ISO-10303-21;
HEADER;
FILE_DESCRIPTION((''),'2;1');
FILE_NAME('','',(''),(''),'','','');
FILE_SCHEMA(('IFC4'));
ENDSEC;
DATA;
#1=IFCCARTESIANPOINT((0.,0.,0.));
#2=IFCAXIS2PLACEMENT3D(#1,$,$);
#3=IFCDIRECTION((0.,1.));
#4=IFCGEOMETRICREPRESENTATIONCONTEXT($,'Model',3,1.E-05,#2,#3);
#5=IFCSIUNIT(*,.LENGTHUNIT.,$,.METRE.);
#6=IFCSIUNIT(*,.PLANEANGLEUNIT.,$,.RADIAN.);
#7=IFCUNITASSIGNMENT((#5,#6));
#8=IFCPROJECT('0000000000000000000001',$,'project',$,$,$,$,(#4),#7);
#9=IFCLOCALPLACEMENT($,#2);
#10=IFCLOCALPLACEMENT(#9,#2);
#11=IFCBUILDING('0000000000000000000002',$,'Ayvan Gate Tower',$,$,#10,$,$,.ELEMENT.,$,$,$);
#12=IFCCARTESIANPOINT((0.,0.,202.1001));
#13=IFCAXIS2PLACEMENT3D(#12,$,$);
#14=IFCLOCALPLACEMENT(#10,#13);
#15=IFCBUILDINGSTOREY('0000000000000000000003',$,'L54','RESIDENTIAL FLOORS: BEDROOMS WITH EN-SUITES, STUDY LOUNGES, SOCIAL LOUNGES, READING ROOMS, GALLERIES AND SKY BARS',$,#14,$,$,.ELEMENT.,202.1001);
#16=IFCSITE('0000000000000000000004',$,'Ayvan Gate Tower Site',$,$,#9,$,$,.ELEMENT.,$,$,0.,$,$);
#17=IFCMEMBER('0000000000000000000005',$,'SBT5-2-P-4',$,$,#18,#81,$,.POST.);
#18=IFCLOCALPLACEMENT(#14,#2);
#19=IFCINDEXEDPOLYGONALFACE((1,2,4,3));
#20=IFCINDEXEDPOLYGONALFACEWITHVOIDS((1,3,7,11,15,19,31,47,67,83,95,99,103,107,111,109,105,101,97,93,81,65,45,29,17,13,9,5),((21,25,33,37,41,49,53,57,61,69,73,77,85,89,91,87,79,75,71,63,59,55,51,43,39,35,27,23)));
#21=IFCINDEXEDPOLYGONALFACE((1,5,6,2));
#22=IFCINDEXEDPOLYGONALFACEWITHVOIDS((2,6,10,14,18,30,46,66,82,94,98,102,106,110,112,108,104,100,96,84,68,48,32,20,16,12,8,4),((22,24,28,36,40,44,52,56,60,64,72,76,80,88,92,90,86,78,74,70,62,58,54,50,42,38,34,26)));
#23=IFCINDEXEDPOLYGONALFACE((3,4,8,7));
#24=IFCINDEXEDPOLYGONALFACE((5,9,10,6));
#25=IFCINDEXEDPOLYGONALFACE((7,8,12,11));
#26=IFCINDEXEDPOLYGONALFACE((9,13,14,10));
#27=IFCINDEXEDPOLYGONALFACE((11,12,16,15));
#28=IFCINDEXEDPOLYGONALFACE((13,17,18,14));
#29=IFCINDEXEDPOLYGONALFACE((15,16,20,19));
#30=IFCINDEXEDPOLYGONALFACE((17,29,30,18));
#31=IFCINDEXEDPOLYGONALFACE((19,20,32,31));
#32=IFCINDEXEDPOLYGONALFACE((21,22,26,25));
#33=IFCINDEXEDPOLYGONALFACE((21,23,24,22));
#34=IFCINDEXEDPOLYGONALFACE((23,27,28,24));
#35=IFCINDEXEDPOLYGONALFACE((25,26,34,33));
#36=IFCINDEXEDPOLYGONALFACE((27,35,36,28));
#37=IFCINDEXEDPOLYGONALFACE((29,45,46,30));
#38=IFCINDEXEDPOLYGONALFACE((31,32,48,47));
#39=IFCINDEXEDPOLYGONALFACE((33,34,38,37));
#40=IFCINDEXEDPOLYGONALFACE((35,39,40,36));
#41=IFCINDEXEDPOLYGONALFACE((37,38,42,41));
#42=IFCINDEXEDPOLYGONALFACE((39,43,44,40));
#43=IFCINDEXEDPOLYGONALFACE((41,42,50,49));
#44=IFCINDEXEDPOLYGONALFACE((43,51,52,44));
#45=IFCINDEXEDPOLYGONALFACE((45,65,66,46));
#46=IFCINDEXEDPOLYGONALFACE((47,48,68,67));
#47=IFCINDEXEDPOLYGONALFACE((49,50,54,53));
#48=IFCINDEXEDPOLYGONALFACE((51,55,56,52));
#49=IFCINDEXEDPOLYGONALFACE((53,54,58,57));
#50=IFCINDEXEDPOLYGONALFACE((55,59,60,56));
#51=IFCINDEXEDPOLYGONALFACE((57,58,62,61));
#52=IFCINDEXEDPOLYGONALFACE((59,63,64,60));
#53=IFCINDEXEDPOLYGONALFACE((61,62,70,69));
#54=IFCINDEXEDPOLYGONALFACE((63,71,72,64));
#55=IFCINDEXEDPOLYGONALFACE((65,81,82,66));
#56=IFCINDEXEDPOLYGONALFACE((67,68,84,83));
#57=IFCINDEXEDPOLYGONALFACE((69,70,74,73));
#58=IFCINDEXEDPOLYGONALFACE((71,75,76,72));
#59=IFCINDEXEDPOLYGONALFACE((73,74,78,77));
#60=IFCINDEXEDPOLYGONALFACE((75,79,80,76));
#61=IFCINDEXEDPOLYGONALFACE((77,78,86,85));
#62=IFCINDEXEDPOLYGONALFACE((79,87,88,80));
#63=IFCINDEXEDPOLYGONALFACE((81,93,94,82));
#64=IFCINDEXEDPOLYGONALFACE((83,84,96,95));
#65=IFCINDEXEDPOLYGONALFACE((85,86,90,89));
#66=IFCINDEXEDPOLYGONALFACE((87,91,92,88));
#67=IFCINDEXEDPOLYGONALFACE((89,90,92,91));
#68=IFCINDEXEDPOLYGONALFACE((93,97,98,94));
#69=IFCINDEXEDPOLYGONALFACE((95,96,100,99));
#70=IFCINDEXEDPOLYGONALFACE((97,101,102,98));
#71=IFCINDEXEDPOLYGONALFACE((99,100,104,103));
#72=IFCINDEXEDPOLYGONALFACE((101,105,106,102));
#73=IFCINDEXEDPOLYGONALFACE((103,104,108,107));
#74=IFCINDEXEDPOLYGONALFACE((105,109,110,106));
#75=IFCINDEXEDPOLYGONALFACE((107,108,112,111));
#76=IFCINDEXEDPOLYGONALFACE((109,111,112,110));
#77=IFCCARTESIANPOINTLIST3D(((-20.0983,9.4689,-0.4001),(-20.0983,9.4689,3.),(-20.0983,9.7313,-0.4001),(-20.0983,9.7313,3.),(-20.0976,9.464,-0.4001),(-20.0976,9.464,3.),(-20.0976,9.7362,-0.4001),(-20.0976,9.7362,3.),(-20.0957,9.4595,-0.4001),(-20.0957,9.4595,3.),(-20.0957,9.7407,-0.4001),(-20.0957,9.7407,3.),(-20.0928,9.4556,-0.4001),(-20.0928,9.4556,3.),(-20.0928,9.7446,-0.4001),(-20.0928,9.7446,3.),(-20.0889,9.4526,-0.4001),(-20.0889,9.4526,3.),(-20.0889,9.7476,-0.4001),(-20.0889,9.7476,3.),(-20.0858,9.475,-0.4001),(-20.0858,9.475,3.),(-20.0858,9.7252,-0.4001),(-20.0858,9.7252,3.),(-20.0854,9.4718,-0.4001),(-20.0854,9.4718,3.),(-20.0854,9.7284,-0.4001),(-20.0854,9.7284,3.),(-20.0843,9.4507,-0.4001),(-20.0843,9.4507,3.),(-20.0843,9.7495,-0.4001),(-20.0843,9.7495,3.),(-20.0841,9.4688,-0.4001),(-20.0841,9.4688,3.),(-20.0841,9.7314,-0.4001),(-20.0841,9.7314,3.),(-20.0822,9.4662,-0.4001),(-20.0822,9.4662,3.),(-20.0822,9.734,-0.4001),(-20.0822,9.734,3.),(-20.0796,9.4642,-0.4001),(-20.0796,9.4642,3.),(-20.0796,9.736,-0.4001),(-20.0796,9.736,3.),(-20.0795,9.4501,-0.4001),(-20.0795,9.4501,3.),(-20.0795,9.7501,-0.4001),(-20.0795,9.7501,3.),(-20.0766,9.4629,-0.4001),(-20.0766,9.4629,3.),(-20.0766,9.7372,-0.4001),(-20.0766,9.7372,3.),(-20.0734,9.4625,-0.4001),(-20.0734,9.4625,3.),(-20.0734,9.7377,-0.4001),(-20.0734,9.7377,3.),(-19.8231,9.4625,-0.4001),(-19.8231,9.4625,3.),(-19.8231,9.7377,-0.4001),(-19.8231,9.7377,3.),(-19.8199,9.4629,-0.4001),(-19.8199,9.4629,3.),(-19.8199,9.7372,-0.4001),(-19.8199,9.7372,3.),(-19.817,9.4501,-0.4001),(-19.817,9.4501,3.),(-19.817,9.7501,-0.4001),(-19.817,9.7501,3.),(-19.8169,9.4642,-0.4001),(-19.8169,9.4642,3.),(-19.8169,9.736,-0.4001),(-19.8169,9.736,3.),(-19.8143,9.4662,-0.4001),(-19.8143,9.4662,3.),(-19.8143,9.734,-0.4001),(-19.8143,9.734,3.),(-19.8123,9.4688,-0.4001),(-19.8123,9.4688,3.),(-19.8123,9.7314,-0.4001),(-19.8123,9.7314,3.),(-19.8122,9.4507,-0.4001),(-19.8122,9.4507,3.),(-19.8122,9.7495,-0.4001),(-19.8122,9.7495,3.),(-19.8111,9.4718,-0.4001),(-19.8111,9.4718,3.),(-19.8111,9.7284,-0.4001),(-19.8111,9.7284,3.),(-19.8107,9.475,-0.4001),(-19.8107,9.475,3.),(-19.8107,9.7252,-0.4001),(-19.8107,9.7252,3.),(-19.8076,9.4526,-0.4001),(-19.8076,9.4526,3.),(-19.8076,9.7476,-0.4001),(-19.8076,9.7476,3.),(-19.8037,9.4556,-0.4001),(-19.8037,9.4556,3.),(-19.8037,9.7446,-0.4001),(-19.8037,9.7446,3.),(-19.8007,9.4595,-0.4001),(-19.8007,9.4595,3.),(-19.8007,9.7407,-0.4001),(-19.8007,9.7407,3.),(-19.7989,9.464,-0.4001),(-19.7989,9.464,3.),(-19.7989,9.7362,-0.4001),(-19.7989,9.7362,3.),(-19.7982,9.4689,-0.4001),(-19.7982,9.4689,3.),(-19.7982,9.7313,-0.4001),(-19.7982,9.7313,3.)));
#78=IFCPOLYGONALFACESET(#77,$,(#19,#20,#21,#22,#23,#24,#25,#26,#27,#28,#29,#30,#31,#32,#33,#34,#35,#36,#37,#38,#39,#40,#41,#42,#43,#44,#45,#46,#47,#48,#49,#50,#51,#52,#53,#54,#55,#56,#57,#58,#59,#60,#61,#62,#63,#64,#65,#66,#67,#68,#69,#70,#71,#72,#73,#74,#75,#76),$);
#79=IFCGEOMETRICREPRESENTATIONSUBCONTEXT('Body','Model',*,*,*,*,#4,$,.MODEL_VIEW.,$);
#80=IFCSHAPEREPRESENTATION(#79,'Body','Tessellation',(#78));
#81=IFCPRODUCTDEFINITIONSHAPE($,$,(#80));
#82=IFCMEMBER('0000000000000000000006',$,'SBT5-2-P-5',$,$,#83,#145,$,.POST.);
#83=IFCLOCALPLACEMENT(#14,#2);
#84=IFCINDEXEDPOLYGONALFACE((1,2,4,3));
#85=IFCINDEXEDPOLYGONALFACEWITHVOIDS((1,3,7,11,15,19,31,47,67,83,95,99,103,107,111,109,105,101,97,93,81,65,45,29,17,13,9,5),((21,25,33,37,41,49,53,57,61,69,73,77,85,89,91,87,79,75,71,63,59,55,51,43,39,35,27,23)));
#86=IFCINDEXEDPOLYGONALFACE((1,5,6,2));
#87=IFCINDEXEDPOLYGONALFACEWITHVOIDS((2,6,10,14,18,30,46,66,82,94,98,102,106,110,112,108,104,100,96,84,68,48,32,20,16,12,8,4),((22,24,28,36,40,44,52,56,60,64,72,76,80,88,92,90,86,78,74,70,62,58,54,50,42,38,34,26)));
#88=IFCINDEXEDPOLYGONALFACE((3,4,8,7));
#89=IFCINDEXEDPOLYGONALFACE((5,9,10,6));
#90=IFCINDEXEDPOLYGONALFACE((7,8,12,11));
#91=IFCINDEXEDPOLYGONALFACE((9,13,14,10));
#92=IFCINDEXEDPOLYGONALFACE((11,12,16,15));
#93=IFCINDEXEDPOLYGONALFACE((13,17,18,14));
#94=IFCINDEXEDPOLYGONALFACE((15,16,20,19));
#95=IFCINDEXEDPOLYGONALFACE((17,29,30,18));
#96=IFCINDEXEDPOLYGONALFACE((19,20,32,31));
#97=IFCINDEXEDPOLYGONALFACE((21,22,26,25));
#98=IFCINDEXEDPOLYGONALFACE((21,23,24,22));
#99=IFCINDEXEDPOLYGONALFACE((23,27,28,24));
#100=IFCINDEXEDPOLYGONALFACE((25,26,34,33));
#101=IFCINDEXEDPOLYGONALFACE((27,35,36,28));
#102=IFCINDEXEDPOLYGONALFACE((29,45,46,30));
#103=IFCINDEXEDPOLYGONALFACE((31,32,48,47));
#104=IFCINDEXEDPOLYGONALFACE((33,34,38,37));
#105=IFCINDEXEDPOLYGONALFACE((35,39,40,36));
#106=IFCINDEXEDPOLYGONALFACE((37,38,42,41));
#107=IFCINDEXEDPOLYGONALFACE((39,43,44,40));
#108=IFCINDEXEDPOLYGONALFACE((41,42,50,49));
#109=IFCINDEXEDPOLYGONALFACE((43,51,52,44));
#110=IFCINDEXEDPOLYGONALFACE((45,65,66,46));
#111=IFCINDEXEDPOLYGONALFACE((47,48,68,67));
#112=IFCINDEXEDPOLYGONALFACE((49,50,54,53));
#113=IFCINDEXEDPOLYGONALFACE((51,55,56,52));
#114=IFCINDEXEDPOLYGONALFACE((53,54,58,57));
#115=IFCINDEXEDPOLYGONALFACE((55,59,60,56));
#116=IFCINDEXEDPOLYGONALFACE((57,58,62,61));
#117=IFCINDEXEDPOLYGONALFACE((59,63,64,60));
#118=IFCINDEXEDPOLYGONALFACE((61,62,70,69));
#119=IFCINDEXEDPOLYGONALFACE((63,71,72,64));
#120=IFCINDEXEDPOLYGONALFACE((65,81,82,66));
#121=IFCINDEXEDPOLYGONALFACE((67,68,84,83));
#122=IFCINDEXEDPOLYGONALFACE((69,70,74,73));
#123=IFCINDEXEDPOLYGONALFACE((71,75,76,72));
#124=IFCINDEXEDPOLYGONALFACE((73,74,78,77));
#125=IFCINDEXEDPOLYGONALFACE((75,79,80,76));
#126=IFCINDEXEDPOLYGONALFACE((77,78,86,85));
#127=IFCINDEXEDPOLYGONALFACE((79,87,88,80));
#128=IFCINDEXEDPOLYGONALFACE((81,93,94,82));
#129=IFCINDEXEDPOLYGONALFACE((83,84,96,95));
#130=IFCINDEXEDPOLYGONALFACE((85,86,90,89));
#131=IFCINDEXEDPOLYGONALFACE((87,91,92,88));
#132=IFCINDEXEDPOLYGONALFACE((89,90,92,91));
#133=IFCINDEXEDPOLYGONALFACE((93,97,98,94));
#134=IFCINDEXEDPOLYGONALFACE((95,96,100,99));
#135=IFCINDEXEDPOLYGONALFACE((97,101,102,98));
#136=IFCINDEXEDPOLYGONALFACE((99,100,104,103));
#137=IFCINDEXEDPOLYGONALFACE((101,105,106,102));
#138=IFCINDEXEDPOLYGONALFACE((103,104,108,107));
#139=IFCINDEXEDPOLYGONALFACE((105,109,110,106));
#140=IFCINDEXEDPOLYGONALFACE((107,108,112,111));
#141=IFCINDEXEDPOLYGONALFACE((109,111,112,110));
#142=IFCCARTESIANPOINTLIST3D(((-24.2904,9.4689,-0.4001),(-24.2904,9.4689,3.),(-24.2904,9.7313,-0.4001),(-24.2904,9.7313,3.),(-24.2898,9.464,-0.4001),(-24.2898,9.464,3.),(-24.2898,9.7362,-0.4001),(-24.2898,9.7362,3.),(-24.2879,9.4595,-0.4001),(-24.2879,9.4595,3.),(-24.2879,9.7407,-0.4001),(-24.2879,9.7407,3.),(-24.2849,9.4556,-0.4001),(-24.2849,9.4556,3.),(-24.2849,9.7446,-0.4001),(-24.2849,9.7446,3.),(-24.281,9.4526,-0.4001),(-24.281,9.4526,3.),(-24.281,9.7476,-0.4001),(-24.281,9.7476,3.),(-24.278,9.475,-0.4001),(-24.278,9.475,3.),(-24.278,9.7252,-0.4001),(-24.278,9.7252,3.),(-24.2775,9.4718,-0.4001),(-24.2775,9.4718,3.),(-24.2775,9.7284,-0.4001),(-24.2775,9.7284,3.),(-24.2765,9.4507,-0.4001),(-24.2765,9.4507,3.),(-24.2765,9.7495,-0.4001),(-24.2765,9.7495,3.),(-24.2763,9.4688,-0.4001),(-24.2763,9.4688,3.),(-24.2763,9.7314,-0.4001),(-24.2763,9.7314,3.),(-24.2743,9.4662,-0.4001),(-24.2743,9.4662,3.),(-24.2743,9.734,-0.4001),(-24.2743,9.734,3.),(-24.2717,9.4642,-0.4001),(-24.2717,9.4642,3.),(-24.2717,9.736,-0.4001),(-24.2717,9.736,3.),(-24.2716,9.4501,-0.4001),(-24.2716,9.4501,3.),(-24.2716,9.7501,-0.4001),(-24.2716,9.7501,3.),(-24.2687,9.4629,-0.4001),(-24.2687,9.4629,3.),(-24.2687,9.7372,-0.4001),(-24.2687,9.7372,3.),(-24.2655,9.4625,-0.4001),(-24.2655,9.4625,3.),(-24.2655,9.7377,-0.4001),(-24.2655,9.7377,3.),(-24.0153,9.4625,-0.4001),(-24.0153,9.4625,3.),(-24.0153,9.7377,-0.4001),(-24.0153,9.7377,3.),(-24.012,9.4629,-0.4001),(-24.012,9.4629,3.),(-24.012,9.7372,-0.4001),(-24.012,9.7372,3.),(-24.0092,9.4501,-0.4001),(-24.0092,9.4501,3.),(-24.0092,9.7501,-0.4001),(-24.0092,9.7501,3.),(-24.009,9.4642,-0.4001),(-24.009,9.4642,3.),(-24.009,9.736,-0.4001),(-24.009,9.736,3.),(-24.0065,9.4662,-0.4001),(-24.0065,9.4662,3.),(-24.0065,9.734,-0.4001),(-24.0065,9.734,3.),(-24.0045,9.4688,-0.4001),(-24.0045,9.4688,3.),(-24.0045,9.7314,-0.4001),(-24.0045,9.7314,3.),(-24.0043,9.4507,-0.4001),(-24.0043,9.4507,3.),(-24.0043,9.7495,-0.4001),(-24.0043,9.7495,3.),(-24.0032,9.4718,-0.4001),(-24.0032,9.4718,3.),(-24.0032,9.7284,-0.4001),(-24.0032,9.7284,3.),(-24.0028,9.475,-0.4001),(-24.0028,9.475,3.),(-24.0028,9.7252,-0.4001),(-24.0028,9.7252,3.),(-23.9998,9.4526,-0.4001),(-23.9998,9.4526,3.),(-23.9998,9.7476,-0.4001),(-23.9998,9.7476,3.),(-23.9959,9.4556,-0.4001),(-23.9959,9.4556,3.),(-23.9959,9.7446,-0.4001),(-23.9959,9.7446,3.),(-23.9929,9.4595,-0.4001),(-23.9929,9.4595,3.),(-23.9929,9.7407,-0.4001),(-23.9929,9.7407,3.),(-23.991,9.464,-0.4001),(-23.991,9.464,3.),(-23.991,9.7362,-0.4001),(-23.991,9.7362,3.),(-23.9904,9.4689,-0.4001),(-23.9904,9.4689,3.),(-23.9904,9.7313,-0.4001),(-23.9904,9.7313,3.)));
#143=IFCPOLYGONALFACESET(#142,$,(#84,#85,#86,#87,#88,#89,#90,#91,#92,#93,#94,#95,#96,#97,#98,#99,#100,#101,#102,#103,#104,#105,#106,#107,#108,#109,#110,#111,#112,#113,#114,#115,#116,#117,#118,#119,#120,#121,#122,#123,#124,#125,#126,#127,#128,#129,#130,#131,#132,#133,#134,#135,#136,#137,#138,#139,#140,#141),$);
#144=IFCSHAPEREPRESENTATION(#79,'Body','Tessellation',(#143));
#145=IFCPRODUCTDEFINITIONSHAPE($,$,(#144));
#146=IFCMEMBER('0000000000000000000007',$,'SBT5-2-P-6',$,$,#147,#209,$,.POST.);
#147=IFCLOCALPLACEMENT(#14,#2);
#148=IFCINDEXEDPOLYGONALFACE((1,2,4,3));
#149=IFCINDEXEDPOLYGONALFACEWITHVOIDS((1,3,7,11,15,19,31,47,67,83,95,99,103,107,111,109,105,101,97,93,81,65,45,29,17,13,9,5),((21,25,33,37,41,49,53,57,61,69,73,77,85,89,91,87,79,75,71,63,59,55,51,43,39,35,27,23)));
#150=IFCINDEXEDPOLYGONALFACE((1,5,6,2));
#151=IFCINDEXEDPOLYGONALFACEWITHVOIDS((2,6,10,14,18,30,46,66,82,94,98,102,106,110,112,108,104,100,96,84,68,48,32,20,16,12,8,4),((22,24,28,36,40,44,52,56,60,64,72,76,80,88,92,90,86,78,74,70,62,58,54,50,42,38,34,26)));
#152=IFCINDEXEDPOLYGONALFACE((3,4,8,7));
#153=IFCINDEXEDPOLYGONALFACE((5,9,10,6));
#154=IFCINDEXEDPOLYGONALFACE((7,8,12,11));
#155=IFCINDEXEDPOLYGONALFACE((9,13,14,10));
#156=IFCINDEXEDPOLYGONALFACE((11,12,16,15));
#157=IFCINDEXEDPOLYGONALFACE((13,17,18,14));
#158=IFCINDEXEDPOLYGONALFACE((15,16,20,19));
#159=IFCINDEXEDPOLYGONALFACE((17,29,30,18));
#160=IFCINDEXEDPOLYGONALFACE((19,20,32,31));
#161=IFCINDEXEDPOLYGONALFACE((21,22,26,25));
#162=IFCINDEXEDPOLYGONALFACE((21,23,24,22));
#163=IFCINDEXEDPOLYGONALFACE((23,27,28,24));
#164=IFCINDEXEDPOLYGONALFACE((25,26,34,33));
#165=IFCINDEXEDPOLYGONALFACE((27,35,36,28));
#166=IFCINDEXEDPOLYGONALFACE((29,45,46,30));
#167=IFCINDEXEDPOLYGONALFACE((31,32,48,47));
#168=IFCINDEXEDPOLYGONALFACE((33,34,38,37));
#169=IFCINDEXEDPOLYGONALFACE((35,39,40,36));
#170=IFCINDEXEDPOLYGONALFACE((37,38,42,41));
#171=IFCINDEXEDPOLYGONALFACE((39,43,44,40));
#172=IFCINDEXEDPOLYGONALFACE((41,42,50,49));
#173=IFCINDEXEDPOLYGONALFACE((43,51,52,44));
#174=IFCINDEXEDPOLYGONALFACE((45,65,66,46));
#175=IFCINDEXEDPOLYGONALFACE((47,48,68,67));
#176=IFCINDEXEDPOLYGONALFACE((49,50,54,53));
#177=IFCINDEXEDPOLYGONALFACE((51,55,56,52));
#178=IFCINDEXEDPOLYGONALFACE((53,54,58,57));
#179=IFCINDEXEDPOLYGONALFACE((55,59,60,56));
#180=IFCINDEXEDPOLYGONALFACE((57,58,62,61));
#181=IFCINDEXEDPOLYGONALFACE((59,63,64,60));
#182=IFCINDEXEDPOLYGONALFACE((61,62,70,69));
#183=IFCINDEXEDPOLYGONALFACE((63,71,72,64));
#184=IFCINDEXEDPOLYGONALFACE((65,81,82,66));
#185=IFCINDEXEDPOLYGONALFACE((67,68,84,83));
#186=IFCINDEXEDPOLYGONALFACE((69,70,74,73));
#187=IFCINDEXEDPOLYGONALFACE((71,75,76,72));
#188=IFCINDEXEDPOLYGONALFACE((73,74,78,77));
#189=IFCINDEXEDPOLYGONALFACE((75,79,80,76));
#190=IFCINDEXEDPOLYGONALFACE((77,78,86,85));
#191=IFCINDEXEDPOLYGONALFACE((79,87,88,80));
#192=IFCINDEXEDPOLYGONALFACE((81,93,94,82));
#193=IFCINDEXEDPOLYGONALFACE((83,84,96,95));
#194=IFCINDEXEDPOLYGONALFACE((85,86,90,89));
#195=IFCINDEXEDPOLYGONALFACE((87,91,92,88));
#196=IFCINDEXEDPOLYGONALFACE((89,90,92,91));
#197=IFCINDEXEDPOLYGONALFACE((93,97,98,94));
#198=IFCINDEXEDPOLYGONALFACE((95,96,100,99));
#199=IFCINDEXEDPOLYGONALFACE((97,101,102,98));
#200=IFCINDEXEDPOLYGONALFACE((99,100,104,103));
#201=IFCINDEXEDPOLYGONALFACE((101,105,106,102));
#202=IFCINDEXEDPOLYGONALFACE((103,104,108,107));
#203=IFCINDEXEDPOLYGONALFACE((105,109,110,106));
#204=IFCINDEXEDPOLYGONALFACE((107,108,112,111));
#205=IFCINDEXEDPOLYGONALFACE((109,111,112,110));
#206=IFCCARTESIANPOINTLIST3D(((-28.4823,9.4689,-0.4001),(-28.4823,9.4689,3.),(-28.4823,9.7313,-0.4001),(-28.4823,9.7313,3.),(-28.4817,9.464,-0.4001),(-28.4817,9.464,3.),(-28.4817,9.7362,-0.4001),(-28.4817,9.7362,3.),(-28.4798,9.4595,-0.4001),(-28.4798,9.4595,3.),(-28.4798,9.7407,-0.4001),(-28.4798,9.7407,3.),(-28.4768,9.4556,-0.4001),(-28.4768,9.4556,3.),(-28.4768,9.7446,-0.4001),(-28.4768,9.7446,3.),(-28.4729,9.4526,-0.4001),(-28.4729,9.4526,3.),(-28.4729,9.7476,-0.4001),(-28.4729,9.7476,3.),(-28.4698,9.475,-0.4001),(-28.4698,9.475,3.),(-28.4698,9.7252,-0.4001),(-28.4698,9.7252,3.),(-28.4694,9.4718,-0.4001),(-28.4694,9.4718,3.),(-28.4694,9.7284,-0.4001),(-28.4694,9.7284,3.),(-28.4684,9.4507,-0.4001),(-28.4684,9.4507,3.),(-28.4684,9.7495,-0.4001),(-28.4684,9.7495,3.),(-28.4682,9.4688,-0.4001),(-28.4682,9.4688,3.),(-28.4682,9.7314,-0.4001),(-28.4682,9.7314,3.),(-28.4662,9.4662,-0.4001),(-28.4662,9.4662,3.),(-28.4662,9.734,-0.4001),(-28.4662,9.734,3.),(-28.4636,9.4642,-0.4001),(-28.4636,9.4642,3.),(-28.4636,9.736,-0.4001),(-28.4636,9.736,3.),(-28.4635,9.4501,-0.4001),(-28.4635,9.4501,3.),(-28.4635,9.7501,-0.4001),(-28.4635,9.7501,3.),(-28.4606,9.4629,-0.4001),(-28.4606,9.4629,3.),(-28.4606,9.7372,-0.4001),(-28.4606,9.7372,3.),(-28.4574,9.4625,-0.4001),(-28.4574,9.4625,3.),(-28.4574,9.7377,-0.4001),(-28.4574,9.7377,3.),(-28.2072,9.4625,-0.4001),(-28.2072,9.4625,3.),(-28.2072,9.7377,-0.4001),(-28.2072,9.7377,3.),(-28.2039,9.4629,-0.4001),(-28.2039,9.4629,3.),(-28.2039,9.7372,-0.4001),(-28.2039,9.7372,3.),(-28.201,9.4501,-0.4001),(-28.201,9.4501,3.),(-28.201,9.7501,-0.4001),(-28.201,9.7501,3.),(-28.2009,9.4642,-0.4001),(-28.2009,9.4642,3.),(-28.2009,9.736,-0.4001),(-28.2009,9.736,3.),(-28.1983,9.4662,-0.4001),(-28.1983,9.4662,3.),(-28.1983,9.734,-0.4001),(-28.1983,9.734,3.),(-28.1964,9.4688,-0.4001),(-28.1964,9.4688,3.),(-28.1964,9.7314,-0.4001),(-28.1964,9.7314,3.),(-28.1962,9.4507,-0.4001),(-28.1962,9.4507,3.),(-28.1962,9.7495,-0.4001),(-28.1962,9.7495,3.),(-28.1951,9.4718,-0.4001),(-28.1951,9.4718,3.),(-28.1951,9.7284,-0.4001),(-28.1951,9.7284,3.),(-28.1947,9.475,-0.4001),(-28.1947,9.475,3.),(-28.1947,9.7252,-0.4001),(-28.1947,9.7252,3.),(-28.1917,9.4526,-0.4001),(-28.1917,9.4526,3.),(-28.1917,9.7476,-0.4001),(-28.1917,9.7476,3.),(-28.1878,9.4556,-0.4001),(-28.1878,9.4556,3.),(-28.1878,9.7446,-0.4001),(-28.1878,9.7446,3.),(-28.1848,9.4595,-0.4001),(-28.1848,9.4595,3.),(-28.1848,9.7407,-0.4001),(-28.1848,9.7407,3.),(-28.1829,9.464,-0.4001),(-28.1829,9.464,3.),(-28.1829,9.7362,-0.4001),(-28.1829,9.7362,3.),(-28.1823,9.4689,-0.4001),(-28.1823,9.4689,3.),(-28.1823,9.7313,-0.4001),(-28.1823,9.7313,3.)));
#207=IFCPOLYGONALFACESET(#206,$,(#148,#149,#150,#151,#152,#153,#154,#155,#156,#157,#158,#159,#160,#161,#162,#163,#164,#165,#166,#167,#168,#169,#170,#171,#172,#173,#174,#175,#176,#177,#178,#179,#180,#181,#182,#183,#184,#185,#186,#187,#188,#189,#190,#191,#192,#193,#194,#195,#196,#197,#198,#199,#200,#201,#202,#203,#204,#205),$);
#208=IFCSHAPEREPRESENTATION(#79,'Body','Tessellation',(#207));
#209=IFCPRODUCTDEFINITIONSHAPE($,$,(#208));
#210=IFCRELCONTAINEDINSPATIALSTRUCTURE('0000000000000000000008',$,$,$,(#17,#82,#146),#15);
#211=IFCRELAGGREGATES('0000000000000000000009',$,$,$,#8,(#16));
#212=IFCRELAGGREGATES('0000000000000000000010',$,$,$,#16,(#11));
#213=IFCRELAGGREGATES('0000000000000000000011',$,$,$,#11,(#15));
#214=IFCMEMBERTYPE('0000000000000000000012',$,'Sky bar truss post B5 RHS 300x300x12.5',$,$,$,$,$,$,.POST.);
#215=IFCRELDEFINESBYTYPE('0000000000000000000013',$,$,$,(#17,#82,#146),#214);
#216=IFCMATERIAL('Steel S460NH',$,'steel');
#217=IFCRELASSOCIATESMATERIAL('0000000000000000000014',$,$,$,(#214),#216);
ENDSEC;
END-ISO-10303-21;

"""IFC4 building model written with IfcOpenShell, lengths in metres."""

from ifc_helpers import new_model, si_unit, direction, frame, origin, origin_2d, place, context, subcontext, project, spatial, hollow_rectangle, extrude, material, material_profile, profile_set, type_object, element, save


model = new_model("IFC4")

# Units and contexts
model_context = context("Model", 3, precision=1e-05, world=origin(), true_north=direction((0.0, 1.0)))
body_context = subcontext(model_context, "Body", "Model", "MODEL_VIEW")
ifc_project = project(units=[si_unit("LENGTHUNIT", "METRE"), si_unit("PLANEANGLEUNIT", "RADIAN")], contexts=[model_context])

# Site, building, storey
site_placement = place(None, origin())
site = spatial("IfcSite", under=ifc_project, at=site_placement, Name="Ayvan Gate Tower Site", CompositionType="ELEMENT", RefElevation=0.0)
building_placement = place(site_placement, origin())
building = spatial("IfcBuilding", under=site, at=building_placement, Name="Ayvan Gate Tower", CompositionType="ELEMENT")
storey_placement = place(building_placement, frame((0.0, 0.0, 202.1001)))
storey = spatial("IfcBuildingStorey", under=building, at=storey_placement, Name="L54", Description="RESIDENTIAL FLOORS: BEDROOMS WITH EN-SUITES, STUDY LOUNGES, SOCIAL LOUNGES, READING ROOMS, GALLERIES AND SKY BARS", CompositionType="ELEMENT", Elevation=202.1001)

# Members
ifc_material_1 = material(Name="Steel S460NH", Category="steel")
ifc_material_profile_1 = material_profile(ifc_material_1, hollow_rectangle(XDim=0.3, YDim=0.3, WallThickness=0.0125, InnerFilletRadius=0.0125, OuterFilletRadius=0.0188, at=origin_2d()), Name="RHS 300x300x12.5")
ifc_profile_set_1 = profile_set([ifc_material_profile_1], Name="Steel S460NH")
member_type_1 = type_object("IfcMemberType", Name="Sky bar truss post B5 RHS 300x300x12.5", PredefinedType="POST", material=ifc_profile_set_1)
for number, where, z_axis, x_axis, name in (
    (1, (-19.9482, 9.6001, -0.4001), (0.0, 0.0, 1.0), (1.0, 0.0, 0.0), "SBT5-2-P-4"),
    (2, (-24.1404, 9.6001, -0.4001), (0.0, 0.0, 1.0), (1.0, 0.0, 0.0), "SBT5-2-P-5"),
    (3, (-28.3323, 9.6001, -0.4001), (0.0, 0.0, 1.0), (1.0, 0.0, 0.0), "SBT5-2-P-6"),
):
    element("IfcMember", number, at=place(storey_placement, frame(where, z_axis=z_axis, x_axis=x_axis)), inside=storey, type_object=member_type_1, Name=name, PredefinedType="POST", context=body_context, shape_type="SweptSolid", body=[
        extrude(hollow_rectangle(XDim=0.3, YDim=0.3, WallThickness=0.0125, InnerFilletRadius=0.0125, OuterFilletRadius=0.0188, at=origin_2d()), origin(), (0.0, 0.0, 1.0), 3.4001),
    ])

save(model, "model.ifc")
